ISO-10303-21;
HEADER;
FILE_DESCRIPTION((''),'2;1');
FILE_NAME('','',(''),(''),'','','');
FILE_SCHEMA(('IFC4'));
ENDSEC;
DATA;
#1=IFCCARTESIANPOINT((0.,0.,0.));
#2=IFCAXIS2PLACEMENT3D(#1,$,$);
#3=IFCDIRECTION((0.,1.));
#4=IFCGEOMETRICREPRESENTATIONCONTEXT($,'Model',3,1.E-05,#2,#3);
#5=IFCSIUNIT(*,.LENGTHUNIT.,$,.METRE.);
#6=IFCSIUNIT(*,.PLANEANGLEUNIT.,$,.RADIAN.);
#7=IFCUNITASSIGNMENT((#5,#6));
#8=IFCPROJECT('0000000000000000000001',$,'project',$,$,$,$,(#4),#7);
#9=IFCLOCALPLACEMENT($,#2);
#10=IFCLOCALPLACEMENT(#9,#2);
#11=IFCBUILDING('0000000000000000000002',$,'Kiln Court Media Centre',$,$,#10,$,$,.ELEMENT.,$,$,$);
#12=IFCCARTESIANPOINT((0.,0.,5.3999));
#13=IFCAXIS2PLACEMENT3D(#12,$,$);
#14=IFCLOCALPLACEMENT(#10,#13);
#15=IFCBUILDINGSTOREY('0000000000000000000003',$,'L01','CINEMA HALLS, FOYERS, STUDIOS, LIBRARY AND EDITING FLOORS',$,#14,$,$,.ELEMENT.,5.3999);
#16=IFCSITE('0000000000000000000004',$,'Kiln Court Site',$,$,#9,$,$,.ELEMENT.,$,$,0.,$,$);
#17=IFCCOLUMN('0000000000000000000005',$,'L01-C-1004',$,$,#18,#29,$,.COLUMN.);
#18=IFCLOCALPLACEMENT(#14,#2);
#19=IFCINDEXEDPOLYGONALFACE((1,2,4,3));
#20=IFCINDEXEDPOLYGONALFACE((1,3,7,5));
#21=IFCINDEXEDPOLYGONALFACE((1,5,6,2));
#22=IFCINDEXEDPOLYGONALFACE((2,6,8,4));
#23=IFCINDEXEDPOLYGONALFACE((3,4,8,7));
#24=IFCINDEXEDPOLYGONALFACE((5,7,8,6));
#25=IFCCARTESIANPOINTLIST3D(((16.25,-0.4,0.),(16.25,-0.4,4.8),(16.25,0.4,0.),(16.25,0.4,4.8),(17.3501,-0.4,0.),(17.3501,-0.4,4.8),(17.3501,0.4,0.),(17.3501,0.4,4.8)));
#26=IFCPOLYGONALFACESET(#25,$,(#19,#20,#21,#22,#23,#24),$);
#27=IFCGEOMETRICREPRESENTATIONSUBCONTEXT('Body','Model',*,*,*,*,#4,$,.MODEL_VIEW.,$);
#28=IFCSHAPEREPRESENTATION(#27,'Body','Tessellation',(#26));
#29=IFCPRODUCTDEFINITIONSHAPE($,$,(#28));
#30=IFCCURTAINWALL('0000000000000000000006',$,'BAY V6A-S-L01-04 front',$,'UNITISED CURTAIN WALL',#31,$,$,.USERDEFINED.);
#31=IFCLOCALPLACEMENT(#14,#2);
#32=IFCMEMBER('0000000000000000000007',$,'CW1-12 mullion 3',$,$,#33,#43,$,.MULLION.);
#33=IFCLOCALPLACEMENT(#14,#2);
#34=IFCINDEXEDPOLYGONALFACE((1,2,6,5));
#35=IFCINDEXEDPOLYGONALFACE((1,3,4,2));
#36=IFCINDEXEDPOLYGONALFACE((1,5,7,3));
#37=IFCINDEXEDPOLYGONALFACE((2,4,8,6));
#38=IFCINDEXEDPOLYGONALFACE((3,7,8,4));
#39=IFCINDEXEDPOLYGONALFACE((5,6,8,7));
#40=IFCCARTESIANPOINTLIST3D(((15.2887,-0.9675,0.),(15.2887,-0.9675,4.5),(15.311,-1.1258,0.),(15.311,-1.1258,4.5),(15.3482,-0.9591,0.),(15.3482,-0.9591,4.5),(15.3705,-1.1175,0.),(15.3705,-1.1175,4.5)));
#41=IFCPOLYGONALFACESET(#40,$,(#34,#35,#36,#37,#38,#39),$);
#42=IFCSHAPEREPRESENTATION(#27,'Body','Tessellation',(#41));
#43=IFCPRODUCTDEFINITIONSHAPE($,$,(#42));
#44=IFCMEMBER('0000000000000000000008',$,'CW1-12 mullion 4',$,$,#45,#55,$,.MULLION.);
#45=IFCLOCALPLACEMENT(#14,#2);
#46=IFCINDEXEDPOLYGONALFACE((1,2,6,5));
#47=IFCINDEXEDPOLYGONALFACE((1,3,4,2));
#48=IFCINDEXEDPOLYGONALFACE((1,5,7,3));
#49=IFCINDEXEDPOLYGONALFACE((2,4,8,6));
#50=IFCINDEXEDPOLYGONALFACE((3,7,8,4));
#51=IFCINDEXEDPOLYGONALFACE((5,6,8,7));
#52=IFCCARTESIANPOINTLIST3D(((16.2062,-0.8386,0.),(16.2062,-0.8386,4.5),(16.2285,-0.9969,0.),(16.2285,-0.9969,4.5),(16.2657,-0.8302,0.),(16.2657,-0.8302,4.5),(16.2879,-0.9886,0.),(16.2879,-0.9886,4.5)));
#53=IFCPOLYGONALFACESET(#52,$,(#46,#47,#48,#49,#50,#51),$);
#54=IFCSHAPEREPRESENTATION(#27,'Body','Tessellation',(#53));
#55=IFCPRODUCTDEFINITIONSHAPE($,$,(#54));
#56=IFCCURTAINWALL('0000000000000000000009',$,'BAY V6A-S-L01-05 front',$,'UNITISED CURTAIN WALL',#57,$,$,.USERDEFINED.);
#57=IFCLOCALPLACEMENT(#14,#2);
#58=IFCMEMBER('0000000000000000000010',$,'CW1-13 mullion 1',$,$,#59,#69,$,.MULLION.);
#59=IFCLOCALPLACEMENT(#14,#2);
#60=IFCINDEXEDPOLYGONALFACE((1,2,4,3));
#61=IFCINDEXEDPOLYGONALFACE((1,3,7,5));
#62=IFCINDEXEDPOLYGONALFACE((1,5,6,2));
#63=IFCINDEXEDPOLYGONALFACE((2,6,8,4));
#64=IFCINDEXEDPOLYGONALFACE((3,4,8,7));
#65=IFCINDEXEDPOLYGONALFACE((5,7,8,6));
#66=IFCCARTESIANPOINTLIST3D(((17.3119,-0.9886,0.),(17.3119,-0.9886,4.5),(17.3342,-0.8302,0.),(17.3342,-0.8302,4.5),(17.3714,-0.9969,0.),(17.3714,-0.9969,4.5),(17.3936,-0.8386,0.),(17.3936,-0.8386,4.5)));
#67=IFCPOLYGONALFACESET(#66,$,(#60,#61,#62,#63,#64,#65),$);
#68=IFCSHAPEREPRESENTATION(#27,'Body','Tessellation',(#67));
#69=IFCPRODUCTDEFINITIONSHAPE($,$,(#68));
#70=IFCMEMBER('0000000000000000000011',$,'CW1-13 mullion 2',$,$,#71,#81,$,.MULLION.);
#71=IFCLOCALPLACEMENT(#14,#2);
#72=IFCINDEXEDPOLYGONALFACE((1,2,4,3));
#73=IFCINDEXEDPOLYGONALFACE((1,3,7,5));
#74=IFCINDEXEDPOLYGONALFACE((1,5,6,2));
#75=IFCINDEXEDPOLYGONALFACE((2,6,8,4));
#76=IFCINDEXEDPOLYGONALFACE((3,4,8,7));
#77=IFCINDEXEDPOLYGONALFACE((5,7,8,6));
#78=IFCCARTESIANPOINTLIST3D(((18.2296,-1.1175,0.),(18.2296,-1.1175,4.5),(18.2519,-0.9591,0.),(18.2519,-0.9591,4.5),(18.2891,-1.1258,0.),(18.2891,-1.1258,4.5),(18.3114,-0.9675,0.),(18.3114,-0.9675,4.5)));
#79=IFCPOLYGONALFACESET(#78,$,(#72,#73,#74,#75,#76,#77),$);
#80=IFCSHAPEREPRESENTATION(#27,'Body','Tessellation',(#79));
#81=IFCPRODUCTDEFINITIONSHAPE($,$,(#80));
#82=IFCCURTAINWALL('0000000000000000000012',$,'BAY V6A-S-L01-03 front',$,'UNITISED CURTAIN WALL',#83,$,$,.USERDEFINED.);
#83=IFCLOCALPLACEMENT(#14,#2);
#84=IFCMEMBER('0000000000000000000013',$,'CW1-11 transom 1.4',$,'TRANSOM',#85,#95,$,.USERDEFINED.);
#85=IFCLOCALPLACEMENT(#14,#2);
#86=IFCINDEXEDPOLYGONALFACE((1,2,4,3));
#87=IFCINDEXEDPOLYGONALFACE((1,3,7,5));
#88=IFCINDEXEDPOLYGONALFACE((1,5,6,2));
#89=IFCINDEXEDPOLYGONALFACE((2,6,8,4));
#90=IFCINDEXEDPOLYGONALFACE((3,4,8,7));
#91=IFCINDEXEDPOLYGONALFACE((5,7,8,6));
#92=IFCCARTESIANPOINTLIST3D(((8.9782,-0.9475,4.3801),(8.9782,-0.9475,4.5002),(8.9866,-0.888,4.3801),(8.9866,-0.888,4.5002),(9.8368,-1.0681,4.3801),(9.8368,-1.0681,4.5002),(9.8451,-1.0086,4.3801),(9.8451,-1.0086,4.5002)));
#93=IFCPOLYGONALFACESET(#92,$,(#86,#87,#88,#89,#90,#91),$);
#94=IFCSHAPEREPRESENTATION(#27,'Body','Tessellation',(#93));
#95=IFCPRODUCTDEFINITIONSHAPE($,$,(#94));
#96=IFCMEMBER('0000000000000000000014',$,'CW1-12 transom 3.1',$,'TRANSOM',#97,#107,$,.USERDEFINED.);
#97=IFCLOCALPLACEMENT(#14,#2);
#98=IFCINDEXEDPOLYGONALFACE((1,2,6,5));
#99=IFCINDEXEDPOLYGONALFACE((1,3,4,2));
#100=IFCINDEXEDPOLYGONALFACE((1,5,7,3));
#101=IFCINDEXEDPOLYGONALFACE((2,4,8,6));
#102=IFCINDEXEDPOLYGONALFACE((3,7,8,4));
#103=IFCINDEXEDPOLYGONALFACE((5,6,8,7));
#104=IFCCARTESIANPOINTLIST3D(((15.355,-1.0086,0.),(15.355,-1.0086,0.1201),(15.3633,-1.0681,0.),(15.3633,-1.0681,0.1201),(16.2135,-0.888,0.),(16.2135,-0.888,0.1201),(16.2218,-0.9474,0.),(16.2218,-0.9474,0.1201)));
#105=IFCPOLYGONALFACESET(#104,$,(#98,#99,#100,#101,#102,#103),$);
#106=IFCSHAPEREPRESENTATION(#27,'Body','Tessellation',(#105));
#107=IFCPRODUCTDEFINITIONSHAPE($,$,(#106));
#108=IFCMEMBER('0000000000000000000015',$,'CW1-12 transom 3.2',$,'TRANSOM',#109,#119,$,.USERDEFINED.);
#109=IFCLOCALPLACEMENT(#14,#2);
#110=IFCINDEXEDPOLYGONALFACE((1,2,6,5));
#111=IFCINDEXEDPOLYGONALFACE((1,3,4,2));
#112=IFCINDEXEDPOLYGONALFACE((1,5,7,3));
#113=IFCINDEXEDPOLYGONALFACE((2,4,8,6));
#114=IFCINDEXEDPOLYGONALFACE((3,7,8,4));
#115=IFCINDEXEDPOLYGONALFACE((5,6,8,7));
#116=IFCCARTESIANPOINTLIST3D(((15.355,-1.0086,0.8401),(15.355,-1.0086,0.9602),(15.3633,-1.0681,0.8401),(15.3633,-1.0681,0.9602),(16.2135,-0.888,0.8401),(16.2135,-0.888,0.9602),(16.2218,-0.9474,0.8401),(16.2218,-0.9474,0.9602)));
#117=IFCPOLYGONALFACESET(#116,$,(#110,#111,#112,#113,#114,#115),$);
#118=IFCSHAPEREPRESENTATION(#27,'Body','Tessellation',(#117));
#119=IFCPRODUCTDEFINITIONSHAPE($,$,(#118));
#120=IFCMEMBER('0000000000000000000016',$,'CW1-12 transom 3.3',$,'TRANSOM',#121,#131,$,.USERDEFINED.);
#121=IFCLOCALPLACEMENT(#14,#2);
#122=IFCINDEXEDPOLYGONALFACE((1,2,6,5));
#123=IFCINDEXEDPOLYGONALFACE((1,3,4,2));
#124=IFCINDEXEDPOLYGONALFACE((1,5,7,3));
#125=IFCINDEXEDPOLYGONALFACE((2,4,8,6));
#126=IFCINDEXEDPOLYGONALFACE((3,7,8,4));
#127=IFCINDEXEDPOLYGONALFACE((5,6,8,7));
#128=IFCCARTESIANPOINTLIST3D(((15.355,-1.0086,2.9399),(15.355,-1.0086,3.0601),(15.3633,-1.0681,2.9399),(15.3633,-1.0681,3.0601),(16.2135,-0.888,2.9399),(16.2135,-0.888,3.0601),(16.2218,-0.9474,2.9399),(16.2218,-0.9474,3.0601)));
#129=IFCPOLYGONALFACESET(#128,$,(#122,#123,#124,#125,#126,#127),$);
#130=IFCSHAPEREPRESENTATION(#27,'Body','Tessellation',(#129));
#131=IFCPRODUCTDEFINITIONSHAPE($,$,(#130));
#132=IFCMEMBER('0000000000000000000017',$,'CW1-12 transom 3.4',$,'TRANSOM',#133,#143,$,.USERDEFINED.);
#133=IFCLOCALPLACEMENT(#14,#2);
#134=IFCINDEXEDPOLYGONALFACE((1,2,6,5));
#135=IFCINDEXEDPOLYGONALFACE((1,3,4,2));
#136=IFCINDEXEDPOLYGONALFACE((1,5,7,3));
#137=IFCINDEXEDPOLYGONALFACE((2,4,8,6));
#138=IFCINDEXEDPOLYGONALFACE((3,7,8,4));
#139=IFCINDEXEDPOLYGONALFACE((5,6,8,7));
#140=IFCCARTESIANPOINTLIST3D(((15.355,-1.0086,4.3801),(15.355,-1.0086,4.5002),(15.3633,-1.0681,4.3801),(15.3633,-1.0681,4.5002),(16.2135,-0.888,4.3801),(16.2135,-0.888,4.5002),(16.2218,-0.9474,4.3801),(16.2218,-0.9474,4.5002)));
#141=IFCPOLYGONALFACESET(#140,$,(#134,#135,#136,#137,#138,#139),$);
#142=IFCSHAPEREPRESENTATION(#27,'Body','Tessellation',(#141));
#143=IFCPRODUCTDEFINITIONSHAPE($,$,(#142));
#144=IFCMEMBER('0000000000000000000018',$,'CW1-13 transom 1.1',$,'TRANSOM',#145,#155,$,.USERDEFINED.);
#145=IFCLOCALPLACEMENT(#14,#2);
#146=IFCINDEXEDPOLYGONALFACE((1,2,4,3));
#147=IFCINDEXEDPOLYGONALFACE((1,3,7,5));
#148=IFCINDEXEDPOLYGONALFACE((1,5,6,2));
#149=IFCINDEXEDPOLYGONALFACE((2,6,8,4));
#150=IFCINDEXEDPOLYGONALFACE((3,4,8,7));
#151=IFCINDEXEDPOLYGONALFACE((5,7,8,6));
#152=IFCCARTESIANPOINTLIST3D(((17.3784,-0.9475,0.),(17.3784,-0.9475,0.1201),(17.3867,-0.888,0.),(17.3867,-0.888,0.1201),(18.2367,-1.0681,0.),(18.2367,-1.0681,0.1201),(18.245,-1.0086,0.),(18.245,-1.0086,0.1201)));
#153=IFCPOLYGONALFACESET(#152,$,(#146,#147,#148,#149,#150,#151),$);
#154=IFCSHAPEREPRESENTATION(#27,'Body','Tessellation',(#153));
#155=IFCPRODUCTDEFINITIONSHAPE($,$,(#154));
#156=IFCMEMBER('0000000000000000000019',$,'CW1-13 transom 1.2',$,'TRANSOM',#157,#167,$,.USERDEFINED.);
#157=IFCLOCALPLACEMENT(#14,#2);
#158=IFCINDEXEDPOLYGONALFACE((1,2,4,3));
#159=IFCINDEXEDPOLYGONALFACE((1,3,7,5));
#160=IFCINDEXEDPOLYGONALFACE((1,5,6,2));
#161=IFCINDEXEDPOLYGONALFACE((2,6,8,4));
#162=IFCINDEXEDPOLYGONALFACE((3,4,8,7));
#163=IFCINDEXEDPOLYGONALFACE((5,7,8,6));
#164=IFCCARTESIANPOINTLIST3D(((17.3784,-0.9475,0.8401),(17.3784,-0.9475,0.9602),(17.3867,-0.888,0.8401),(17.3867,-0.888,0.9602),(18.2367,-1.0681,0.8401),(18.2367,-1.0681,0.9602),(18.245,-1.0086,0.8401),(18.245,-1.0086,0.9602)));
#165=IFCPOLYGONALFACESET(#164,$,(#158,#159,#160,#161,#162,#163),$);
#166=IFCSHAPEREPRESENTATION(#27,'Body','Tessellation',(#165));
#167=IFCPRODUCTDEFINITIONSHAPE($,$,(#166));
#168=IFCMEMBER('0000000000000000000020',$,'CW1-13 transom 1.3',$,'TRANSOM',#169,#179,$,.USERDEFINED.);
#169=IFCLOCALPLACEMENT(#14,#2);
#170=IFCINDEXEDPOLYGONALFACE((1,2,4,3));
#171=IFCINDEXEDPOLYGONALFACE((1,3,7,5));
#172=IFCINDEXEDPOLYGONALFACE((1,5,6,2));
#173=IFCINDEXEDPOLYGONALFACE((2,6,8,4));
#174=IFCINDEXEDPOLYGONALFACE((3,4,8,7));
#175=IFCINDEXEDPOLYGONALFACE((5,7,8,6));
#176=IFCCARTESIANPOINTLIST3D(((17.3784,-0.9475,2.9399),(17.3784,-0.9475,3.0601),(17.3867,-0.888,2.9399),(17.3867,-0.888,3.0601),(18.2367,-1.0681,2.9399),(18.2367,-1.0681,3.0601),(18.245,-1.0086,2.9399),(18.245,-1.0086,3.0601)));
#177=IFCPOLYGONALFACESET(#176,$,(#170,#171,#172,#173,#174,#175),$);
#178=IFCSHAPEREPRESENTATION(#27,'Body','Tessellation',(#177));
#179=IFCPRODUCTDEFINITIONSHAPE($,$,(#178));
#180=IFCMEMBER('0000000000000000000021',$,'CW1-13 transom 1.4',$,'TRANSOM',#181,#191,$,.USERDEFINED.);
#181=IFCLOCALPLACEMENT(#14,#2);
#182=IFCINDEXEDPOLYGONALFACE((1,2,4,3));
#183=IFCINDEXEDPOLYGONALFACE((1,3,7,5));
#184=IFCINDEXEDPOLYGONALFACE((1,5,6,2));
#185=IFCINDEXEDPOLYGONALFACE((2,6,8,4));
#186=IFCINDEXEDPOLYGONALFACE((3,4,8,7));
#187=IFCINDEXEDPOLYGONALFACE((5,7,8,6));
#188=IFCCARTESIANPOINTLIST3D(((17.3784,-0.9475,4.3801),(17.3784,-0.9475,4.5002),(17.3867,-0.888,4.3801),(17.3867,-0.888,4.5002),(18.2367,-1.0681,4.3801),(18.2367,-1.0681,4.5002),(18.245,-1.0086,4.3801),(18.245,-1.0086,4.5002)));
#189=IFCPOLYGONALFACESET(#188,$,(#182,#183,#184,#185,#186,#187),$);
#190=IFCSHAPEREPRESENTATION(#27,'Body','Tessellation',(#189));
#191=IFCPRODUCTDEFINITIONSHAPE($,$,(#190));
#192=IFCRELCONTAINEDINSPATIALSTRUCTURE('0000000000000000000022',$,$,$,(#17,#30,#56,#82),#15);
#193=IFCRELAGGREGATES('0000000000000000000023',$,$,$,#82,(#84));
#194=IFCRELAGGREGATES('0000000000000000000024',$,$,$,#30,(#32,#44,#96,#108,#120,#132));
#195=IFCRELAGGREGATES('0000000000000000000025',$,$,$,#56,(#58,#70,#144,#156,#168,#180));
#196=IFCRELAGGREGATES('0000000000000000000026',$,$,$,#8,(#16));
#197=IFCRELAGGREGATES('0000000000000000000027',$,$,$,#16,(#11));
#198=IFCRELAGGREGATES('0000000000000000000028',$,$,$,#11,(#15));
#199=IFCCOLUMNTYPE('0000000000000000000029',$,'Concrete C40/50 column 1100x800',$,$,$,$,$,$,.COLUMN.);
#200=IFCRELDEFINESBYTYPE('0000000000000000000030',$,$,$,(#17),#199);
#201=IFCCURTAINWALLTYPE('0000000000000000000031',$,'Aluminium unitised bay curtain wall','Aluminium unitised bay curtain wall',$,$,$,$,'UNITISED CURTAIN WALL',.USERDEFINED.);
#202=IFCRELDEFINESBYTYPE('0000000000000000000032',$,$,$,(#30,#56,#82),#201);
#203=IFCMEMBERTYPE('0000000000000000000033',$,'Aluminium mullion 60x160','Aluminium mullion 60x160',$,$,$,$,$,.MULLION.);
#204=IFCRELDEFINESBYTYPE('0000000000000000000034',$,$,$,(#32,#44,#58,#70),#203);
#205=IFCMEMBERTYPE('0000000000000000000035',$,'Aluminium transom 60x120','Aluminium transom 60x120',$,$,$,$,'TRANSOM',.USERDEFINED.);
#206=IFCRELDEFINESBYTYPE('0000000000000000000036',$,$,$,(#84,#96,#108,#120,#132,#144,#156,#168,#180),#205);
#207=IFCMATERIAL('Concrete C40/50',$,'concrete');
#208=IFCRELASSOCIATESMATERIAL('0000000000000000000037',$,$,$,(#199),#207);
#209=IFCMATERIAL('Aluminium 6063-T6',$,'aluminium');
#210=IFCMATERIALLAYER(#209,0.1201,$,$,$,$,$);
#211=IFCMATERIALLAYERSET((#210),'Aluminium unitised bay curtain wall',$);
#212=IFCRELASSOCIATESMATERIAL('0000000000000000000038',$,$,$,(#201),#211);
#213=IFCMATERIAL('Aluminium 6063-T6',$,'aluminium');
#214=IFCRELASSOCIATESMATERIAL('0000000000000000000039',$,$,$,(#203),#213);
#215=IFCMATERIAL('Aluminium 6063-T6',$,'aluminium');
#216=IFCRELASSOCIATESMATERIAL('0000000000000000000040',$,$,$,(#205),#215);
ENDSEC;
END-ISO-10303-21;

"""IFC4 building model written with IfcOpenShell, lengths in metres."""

from ifc_helpers import new_model, si_unit, direction, frame, origin, origin_2d, place, context, subcontext, project, spatial, rectangle, extrude, material, layer, layer_set, material_profile, profile_set, type_object, element, aggregate, save


model = new_model("IFC4")

# Units and contexts
model_context = context("Model", 3, precision=1e-05, world=origin(), true_north=direction((0.0, 1.0)))
body_context = subcontext(model_context, "Body", "Model", "MODEL_VIEW")
ifc_project = project(units=[si_unit("LENGTHUNIT", "METRE"), si_unit("PLANEANGLEUNIT", "RADIAN")], contexts=[model_context])

# Site, building, storey
site_placement = place(None, origin())
site = spatial("IfcSite", under=ifc_project, at=site_placement, Name="Kiln Court Site", CompositionType="ELEMENT", RefElevation=0.0)
building_placement = place(site_placement, origin())
building = spatial("IfcBuilding", under=site, at=building_placement, Name="Kiln Court Media Centre", CompositionType="ELEMENT")
storey_placement = place(building_placement, frame((0.0, 0.0, 5.3999)))
storey = spatial("IfcBuildingStorey", under=building, at=storey_placement, Name="L01", Description="CINEMA HALLS, FOYERS, STUDIOS, LIBRARY AND EDITING FLOORS", CompositionType="ELEMENT", Elevation=5.3999)

# Column
ifc_material_1 = material(Name="Concrete C40/50", Category="concrete")
ifc_material_profile_1 = material_profile(ifc_material_1, rectangle(XDim=1.1001, YDim=0.8, at=origin_2d()), Name="RC 1100x800")
ifc_profile_set_1 = profile_set([ifc_material_profile_1], Name="Concrete C40/50")
column_type = type_object("IfcColumnType", Name="Concrete C40/50 column 1100x800", PredefinedType="COLUMN", material=ifc_profile_set_1)
column_placement = place(storey_placement, frame((16.8, 0.0, 0.0), z_axis=(0.0, 0.0, 1.0), x_axis=(1.0, 0.0, 0.0)))
element("IfcColumn", 1, at=column_placement, inside=storey, type_object=column_type, Name="L01-C-1004", PredefinedType="COLUMN", context=body_context, shape_type="SweptSolid", body=[
    extrude(rectangle(XDim=1.1001, YDim=0.8, at=origin_2d()), origin(), (0.0, 0.0, 1.0), 4.8),
])

# Curtain walls, members
ifc_material_2 = material(Name="Aluminium 6063-T6", Category="aluminium")
ifc_layer_1 = layer(ifc_material_2, 0.1201)
ifc_layer_set_1 = layer_set([ifc_layer_1], Name="Aluminium unitised bay curtain wall")
curtain_wall_type = type_object("IfcCurtainWallType", Name="Aluminium unitised bay curtain wall", Description="Aluminium unitised bay curtain wall", ElementType="UNITISED CURTAIN WALL", PredefinedType="USERDEFINED", material=ifc_layer_set_1)
curtain_wall_1_placement = place(storey_placement, origin())
curtain_wall_1 = element("IfcCurtainWall", 2, at=curtain_wall_1_placement, inside=storey, type_object=curtain_wall_type, Name="BAY V6A-S-L01-04 front", ObjectType="UNITISED CURTAIN WALL", PredefinedType="USERDEFINED")
ifc_material_3 = material(Name="Aluminium 6063-T6", Category="aluminium")
ifc_material_profile_2 = material_profile(ifc_material_3, rectangle(XDim=0.0601, YDim=0.1599, at=origin_2d()), Name="Aluminium mullion 60x160")
ifc_profile_set_2 = profile_set([ifc_material_profile_2], Name="Aluminium 6063-T6")
member_type_1 = type_object("IfcMemberType", Name="Aluminium mullion 60x160", Description="Aluminium mullion 60x160", PredefinedType="MULLION", material=ifc_profile_set_2)
member_1_placement = place(storey_placement, frame((15.3296, -1.0425, 0.0), z_axis=(0.0, 0.0, 1.0), x_axis=(0.99027, 0.139162, 0.0)))
member_1 = element("IfcMember", 3, at=member_1_placement, type_object=member_type_1, Name="CW1-12 mullion 3", PredefinedType="MULLION", context=body_context, shape_type="SweptSolid", body=[
    extrude(rectangle(XDim=0.0601, YDim=0.1599, at=origin_2d()), origin(), (0.0, 0.0, 1.0), 4.5),
])
member_2_placement = place(storey_placement, frame((16.2471, -0.9136, 0.0), z_axis=(0.0, 0.0, 1.0), x_axis=(0.99027, 0.139162, 0.0)))
member_2 = element("IfcMember", 4, at=member_2_placement, type_object=member_type_1, Name="CW1-12 mullion 4", PredefinedType="MULLION", context=body_context, shape_type="SweptSolid", body=[
    extrude(rectangle(XDim=0.0601, YDim=0.1599, at=origin_2d()), origin(), (0.0, 0.0, 1.0), 4.5),
])
curtain_wall_2_placement = place(storey_placement, origin())
curtain_wall_2 = element("IfcCurtainWall", 5, at=curtain_wall_2_placement, inside=storey, type_object=curtain_wall_type, Name="BAY V6A-S-L01-05 front", ObjectType="UNITISED CURTAIN WALL", PredefinedType="USERDEFINED")
member_3_placement = place(storey_placement, frame((17.3528, -0.9136, 0.0), z_axis=(0.0, 0.0, 1.0), x_axis=(0.99027, -0.139162, 0.0)))
member_3 = element("IfcMember", 6, at=member_3_placement, type_object=member_type_1, Name="CW1-13 mullion 1", PredefinedType="MULLION", context=body_context, shape_type="SweptSolid", body=[
    extrude(rectangle(XDim=0.0601, YDim=0.1599, at=origin_2d()), origin(), (0.0, 0.0, 1.0), 4.5),
])
member_4_placement = place(storey_placement, frame((18.2705, -1.0425, 0.0), z_axis=(0.0, 0.0, 1.0), x_axis=(0.99027, -0.139162, 0.0)))
member_4 = element("IfcMember", 7, at=member_4_placement, type_object=member_type_1, Name="CW1-13 mullion 2", PredefinedType="MULLION", context=body_context, shape_type="SweptSolid", body=[
    extrude(rectangle(XDim=0.0601, YDim=0.1599, at=origin_2d()), origin(), (0.0, 0.0, 1.0), 4.5),
])

# Curtain wall, member
curtain_wall_3_placement = place(storey_placement, origin())
curtain_wall_3 = element("IfcCurtainWall", 8, at=curtain_wall_3_placement, inside=storey, type_object=curtain_wall_type, Name="BAY V6A-S-L01-03 front", ObjectType="UNITISED CURTAIN WALL", PredefinedType="USERDEFINED")
ifc_material_4 = material(Name="Aluminium 6063-T6", Category="aluminium")
ifc_material_profile_3 = material_profile(ifc_material_4, rectangle(XDim=0.0601, YDim=0.1201, at=origin_2d()), Name="Aluminium transom 60x120")
ifc_profile_set_3 = profile_set([ifc_material_profile_3], Name="Aluminium 6063-T6")
member_type_2 = type_object("IfcMemberType", Name="Aluminium transom 60x120", Description="Aluminium transom 60x120", ElementType="TRANSOM", PredefinedType="USERDEFINED", material=ifc_profile_set_3)
member_5_placement = place(storey_placement, frame((8.9824, -0.9177, 4.4402), z_axis=(0.990274, -0.139134, 0.0), x_axis=(0.139134, 0.990274, 0.0)))
member_5 = element("IfcMember", 9, at=member_5_placement, type_object=member_type_2, Name="CW1-11 transom 1.4", ObjectType="TRANSOM", PredefinedType="USERDEFINED", context=body_context, shape_type="SweptSolid", body=[
    extrude(rectangle(XDim=0.0601, YDim=0.1201, at=origin_2d()), origin(), (0.0, 0.0, 1.0), 0.8669),
])

# Members
member_6_placement = place(storey_placement, frame((15.3591, -1.0383, 0.0601), z_axis=(0.990274, 0.139134, 0.0), x_axis=(-0.139134, 0.990274, 0.0)))
member_6 = element("IfcMember", 10, at=member_6_placement, type_object=member_type_2, Name="CW1-12 transom 3.1", ObjectType="TRANSOM", PredefinedType="USERDEFINED", context=body_context, shape_type="SweptSolid", body=[
    extrude(rectangle(XDim=0.0601, YDim=0.1201, at=origin_2d()), origin(), (0.0, 0.0, 1.0), 0.8669),
])
member_7_placement = place(storey_placement, frame((15.3591, -1.0383, 0.9001), z_axis=(0.990274, 0.139134, 0.0), x_axis=(-0.139134, 0.990274, 0.0)))
member_7 = element("IfcMember", 11, at=member_7_placement, type_object=member_type_2, Name="CW1-12 transom 3.2", ObjectType="TRANSOM", PredefinedType="USERDEFINED", context=body_context, shape_type="SweptSolid", body=[
    extrude(rectangle(XDim=0.0601, YDim=0.1201, at=origin_2d()), origin(), (0.0, 0.0, 1.0), 0.8669),
])
member_8_placement = place(storey_placement, frame((15.3591, -1.0383, 3.0), z_axis=(0.990274, 0.139134, 0.0), x_axis=(-0.139134, 0.990274, 0.0)))
member_8 = element("IfcMember", 12, at=member_8_placement, type_object=member_type_2, Name="CW1-12 transom 3.3", ObjectType="TRANSOM", PredefinedType="USERDEFINED", context=body_context, shape_type="SweptSolid", body=[
    extrude(rectangle(XDim=0.0601, YDim=0.1201, at=origin_2d()), origin(), (0.0, 0.0, 1.0), 0.8669),
])
member_9_placement = place(storey_placement, frame((15.3591, -1.0383, 4.4402), z_axis=(0.990274, 0.139134, 0.0), x_axis=(-0.139134, 0.990274, 0.0)))
member_9 = element("IfcMember", 13, at=member_9_placement, type_object=member_type_2, Name="CW1-12 transom 3.4", ObjectType="TRANSOM", PredefinedType="USERDEFINED", context=body_context, shape_type="SweptSolid", body=[
    extrude(rectangle(XDim=0.0601, YDim=0.1201, at=origin_2d()), origin(), (0.0, 0.0, 1.0), 0.8669),
])
member_10_placement = place(storey_placement, frame((17.3826, -0.9177, 0.0601), z_axis=(0.990268, -0.139173, 0.0), x_axis=(0.139173, 0.990268, 0.0)))
member_10 = element("IfcMember", 14, at=member_10_placement, type_object=member_type_2, Name="CW1-13 transom 1.1", ObjectType="TRANSOM", PredefinedType="USERDEFINED", context=body_context, shape_type="SweptSolid", body=[
    extrude(rectangle(XDim=0.0601, YDim=0.1201, at=origin_2d()), origin(), (0.0, 0.0, 1.0), 0.8667),
])
member_11_placement = place(storey_placement, frame((17.3826, -0.9177, 0.9001), z_axis=(0.990268, -0.139173, 0.0), x_axis=(0.139173, 0.990268, 0.0)))
member_11 = element("IfcMember", 15, at=member_11_placement, type_object=member_type_2, Name="CW1-13 transom 1.2", ObjectType="TRANSOM", PredefinedType="USERDEFINED", context=body_context, shape_type="SweptSolid", body=[
    extrude(rectangle(XDim=0.0601, YDim=0.1201, at=origin_2d()), origin(), (0.0, 0.0, 1.0), 0.8667),
])
member_12_placement = place(storey_placement, frame((17.3826, -0.9177, 3.0), z_axis=(0.990268, -0.139173, 0.0), x_axis=(0.139173, 0.990268, 0.0)))
member_12 = element("IfcMember", 16, at=member_12_placement, type_object=member_type_2, Name="CW1-13 transom 1.3", ObjectType="TRANSOM", PredefinedType="USERDEFINED", context=body_context, shape_type="SweptSolid", body=[
    extrude(rectangle(XDim=0.0601, YDim=0.1201, at=origin_2d()), origin(), (0.0, 0.0, 1.0), 0.8667),
])
member_13_placement = place(storey_placement, frame((17.3826, -0.9177, 4.4402), z_axis=(0.990268, -0.139173, 0.0), x_axis=(0.139173, 0.990268, 0.0)))
member_13 = element("IfcMember", 17, at=member_13_placement, type_object=member_type_2, Name="CW1-13 transom 1.4", ObjectType="TRANSOM", PredefinedType="USERDEFINED", context=body_context, shape_type="SweptSolid", body=[
    extrude(rectangle(XDim=0.0601, YDim=0.1201, at=origin_2d()), origin(), (0.0, 0.0, 1.0), 0.8667),
])

aggregate(curtain_wall_3, [member_5])
aggregate(curtain_wall_1, [member_1, member_2, member_6, member_7, member_8, member_9])
aggregate(curtain_wall_2, [member_3, member_4, member_10, member_11, member_12, member_13])

save(model, "model.ifc")
